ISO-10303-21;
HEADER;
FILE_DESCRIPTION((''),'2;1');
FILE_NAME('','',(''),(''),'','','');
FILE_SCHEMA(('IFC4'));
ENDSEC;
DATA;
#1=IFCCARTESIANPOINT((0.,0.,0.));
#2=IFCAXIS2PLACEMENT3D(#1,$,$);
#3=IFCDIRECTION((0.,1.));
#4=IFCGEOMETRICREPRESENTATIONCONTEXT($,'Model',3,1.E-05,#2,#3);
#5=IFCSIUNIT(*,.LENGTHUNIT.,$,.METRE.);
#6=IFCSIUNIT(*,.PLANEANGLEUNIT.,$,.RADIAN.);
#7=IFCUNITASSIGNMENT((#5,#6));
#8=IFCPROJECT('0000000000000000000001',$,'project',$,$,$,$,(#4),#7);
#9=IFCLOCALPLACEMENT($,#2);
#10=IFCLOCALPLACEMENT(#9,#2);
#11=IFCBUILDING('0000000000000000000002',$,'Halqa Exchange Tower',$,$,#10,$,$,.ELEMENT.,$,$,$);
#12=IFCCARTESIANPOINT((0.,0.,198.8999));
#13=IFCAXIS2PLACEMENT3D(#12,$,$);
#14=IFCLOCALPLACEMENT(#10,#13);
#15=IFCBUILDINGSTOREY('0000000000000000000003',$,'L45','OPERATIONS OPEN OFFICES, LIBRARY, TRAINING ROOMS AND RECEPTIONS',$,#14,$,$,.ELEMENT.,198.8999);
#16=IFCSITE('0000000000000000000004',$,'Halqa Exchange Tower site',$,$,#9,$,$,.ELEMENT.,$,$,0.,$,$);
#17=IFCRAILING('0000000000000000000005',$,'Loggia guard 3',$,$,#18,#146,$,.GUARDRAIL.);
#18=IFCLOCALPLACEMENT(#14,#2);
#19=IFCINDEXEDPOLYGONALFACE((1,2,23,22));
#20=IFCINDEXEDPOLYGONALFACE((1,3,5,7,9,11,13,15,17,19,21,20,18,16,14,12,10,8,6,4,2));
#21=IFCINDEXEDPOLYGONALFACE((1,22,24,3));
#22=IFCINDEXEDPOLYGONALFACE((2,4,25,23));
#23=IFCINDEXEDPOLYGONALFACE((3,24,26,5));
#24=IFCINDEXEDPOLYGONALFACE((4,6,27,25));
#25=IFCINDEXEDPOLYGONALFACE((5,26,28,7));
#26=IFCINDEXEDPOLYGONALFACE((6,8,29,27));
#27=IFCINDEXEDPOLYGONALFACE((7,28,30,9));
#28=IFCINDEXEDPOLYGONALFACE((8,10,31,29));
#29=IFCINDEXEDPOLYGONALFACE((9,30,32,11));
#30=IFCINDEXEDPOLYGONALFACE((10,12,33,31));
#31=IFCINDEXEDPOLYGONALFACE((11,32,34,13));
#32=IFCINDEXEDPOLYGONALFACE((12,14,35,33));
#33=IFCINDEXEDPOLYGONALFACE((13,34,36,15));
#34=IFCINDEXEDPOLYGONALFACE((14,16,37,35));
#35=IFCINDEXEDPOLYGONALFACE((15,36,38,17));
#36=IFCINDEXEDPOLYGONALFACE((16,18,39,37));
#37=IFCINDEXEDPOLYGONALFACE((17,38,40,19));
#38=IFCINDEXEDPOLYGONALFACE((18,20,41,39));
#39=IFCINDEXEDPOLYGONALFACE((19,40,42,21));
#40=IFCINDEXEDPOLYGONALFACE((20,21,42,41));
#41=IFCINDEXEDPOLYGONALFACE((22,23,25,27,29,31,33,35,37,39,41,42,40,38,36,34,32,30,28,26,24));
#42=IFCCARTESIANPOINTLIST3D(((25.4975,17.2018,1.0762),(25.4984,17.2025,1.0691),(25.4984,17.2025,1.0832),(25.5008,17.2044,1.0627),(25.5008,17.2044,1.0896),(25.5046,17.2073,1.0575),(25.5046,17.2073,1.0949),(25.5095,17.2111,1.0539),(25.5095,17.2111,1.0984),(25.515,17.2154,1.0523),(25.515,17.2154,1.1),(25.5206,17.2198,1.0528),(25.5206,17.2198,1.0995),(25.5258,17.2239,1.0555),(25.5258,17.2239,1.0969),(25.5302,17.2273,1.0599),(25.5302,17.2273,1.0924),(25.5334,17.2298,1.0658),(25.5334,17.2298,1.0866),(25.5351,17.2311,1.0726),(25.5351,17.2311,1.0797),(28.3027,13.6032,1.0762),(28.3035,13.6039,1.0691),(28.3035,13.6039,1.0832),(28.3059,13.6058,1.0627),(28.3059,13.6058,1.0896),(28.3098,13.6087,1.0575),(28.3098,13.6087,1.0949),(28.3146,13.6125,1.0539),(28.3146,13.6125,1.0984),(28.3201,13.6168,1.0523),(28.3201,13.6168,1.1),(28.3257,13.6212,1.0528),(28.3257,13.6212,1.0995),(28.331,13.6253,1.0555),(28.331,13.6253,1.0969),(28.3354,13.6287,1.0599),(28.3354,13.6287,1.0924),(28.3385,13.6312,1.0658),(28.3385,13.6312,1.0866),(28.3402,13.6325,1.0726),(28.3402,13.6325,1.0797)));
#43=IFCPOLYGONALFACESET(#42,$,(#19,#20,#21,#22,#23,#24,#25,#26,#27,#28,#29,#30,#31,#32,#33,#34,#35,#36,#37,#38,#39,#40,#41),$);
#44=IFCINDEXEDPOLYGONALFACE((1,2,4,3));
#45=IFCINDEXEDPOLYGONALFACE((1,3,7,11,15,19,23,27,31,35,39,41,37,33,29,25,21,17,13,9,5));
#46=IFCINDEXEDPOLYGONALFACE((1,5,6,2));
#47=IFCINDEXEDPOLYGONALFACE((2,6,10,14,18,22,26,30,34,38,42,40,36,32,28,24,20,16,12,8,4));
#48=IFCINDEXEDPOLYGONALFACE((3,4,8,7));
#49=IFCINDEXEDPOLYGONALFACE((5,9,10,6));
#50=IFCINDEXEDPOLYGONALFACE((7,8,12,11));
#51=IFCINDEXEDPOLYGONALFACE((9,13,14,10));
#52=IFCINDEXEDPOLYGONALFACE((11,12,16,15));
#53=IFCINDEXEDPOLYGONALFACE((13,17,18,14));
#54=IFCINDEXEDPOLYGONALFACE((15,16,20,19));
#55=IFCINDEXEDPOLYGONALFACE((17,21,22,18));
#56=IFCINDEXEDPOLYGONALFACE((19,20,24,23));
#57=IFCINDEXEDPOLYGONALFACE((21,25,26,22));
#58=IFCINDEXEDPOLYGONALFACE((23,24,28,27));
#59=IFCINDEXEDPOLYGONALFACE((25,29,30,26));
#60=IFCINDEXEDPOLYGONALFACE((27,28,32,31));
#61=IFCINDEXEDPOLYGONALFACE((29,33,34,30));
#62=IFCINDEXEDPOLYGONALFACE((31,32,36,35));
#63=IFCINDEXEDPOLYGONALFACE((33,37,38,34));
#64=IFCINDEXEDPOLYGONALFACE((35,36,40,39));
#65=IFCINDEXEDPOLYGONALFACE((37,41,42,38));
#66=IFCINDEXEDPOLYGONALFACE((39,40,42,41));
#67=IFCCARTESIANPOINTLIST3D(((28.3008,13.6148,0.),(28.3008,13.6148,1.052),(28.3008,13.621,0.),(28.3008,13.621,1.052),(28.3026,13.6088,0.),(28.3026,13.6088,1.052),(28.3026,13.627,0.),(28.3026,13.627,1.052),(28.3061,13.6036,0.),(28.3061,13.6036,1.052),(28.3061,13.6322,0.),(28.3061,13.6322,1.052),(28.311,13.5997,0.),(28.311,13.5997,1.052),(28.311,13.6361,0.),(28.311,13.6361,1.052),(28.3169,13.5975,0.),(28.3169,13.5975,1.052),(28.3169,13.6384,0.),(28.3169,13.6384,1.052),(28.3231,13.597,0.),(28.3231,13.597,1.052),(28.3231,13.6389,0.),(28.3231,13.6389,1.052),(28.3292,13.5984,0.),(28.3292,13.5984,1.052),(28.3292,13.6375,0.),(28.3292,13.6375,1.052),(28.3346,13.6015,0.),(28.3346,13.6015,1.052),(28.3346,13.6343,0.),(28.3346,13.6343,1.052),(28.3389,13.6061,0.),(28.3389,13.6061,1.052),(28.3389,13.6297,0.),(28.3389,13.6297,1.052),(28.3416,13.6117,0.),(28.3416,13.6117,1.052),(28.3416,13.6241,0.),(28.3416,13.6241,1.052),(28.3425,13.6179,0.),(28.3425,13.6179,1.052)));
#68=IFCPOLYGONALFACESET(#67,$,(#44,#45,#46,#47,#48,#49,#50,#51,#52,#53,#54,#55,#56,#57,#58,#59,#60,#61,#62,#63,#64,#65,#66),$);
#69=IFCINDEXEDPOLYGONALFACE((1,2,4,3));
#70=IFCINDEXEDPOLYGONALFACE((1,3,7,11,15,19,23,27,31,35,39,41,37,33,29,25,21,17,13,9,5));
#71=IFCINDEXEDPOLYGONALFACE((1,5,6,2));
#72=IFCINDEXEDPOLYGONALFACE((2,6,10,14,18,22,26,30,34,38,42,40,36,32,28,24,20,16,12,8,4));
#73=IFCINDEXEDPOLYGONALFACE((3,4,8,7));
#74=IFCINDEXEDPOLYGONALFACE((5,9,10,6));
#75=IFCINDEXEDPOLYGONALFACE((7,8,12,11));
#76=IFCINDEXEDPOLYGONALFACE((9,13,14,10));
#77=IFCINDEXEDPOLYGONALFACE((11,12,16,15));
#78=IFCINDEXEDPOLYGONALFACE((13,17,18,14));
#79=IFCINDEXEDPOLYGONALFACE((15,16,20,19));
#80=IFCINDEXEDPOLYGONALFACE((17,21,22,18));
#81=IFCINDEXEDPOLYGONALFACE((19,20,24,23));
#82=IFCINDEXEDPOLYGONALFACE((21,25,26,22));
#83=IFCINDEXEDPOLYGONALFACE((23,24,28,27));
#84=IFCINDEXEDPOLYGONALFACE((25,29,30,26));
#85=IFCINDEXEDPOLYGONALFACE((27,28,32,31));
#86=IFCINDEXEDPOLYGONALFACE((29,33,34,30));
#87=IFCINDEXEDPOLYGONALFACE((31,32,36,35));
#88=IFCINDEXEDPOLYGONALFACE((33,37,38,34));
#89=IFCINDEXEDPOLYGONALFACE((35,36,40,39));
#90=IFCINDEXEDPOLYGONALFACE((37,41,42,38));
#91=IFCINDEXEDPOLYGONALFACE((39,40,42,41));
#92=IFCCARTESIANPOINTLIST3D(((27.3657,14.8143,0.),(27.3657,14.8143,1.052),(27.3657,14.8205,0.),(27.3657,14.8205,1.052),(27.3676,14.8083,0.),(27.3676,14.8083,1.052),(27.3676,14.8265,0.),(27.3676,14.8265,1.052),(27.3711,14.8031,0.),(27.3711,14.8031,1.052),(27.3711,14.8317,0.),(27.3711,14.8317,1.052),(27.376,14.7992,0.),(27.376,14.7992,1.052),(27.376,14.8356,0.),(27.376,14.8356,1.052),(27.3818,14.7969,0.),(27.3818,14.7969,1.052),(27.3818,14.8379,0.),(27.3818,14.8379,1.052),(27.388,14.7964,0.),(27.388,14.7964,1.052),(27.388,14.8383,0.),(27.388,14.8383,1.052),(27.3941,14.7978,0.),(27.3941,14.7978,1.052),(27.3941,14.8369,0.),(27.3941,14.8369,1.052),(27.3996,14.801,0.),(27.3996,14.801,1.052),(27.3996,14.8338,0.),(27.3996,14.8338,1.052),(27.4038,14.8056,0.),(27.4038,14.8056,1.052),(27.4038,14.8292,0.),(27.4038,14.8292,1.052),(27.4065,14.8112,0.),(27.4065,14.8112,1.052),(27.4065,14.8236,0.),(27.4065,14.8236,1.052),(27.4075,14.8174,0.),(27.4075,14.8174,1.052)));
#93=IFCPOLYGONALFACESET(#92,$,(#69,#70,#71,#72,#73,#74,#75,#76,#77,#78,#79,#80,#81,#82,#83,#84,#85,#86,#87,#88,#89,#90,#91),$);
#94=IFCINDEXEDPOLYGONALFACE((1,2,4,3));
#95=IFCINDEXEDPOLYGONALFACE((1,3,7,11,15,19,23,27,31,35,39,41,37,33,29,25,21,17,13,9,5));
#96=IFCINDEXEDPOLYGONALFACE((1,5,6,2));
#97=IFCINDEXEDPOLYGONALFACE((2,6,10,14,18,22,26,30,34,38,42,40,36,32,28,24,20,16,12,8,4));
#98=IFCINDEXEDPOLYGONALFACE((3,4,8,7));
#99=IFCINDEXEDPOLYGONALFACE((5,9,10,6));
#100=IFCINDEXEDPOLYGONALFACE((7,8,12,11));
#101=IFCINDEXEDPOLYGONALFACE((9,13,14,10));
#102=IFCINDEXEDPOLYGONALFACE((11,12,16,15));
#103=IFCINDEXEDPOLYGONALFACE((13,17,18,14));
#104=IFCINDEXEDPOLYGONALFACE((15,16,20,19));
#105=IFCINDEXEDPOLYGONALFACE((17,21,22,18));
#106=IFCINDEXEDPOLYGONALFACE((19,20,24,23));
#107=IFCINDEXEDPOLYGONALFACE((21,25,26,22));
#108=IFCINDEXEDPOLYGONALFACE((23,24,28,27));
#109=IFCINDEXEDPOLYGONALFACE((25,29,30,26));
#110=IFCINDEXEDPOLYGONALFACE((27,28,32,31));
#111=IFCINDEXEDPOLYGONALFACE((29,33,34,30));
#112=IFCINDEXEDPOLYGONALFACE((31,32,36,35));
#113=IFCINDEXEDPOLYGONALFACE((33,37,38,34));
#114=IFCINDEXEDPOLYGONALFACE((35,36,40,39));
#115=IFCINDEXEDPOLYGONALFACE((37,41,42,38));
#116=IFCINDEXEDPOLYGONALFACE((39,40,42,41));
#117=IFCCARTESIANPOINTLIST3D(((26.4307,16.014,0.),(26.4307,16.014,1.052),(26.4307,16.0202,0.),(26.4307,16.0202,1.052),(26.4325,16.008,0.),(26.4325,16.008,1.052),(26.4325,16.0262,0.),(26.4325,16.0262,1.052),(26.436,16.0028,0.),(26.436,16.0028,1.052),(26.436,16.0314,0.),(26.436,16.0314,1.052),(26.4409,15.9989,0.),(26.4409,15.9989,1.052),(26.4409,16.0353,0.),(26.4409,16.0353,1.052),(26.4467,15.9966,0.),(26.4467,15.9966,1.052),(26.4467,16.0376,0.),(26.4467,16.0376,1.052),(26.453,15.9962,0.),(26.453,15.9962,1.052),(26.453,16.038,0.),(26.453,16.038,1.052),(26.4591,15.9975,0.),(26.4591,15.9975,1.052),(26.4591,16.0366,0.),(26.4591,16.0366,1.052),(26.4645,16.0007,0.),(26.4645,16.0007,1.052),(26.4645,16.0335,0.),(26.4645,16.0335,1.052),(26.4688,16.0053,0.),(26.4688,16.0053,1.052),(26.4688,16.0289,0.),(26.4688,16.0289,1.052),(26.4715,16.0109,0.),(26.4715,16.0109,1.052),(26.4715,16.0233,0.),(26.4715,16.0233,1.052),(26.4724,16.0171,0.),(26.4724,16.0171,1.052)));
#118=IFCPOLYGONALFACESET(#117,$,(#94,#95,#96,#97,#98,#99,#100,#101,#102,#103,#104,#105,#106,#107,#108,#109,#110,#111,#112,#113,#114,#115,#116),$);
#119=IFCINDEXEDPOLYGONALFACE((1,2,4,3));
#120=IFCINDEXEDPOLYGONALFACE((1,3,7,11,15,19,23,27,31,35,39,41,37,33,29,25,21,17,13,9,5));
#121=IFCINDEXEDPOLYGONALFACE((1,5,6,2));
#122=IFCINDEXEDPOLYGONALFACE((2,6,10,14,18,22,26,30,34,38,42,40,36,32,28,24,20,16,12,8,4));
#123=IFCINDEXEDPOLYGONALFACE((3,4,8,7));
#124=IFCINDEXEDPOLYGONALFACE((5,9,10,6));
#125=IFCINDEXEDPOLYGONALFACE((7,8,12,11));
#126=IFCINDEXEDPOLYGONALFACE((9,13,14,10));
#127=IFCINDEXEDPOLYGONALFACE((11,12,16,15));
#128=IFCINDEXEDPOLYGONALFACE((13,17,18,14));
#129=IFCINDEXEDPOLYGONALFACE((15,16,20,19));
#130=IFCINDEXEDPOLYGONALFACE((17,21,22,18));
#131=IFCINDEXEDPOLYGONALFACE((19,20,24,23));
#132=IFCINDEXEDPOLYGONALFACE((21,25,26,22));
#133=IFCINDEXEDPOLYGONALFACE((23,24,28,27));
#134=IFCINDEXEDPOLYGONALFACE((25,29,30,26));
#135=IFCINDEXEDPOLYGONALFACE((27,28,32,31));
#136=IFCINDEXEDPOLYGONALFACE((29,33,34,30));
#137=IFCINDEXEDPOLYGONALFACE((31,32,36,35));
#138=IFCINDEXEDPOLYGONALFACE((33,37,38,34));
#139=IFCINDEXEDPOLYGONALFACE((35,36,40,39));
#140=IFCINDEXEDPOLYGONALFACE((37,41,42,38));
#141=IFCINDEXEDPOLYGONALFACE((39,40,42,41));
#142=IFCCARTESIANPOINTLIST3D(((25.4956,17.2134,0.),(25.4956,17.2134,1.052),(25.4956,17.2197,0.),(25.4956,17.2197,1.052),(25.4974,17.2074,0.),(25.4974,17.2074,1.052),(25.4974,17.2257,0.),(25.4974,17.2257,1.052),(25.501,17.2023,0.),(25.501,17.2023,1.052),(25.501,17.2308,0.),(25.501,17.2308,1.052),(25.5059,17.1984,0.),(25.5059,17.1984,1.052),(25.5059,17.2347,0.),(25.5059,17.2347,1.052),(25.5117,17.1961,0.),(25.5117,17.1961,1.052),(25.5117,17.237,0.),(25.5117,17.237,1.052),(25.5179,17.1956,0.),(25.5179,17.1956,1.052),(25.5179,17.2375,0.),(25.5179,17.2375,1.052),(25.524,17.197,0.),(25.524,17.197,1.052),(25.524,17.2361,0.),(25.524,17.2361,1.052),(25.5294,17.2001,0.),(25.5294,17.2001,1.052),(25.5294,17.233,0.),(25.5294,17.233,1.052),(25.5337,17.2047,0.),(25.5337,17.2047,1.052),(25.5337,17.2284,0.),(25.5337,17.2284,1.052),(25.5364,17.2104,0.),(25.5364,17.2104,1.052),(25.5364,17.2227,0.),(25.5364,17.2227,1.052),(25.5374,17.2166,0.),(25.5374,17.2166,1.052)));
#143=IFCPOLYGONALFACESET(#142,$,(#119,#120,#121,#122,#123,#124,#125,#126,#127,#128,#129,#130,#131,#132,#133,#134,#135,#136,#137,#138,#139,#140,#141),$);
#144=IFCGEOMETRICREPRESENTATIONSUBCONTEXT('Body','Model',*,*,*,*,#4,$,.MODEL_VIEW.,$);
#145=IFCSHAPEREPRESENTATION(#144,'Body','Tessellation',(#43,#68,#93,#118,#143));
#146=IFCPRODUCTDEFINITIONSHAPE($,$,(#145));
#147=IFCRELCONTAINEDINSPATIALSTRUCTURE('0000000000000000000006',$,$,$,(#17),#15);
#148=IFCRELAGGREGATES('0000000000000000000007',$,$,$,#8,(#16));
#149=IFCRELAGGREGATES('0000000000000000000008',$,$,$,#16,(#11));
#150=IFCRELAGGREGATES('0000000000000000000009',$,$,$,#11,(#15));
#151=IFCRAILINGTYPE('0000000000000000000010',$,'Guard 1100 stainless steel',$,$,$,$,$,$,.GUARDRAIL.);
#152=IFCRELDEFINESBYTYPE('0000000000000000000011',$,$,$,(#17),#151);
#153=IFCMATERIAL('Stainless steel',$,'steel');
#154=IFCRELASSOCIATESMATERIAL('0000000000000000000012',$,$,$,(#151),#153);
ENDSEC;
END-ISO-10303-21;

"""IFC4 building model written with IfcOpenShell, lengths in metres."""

from ifc_helpers import new_model, si_unit, direction, frame, origin, origin_2d, place, context, subcontext, project, spatial, circle, extrude, material, type_object, element, save


model = new_model("IFC4")

# Units and contexts
model_context = context("Model", 3, precision=1e-05, world=origin(), true_north=direction((0.0, 1.0)))
body_context = subcontext(model_context, "Body", "Model", "MODEL_VIEW")
ifc_project = project(units=[si_unit("LENGTHUNIT", "METRE"), si_unit("PLANEANGLEUNIT", "RADIAN")], contexts=[model_context])

# Site, building, storey
site_placement = place(None, origin())
site = spatial("IfcSite", under=ifc_project, at=site_placement, Name="Halqa Exchange Tower site", CompositionType="ELEMENT", RefElevation=0.0)
building_placement = place(site_placement, origin())
building = spatial("IfcBuilding", under=site, at=building_placement, Name="Halqa Exchange Tower", CompositionType="ELEMENT")
storey_placement = place(building_placement, frame((0.0, 0.0, 198.8999)))
storey = spatial("IfcBuildingStorey", under=building, at=storey_placement, Name="L45", Description="OPERATIONS OPEN OFFICES, LIBRARY, TRAINING ROOMS AND RECEPTIONS", CompositionType="ELEMENT", Elevation=198.8999)

# Railing
ifc_material_1 = material(Name="Stainless steel", Category="steel")
railing_type = type_object("IfcRailingType", Name="Guard 1100 stainless steel", PredefinedType="GUARDRAIL", material=ifc_material_1)
railing_1_placement = place(storey_placement, frame((28.3215, 13.6179, 0.0)))
element("IfcRailing", 1, at=railing_1_placement, inside=storey, type_object=railing_type, Name="Loggia guard 3", PredefinedType="GUARDRAIL", context=body_context, shape_type="SweptSolid", body=[
    extrude(circle(Radius=0.0239, at=origin_2d()), frame((0.0, 0.0, 1.0762), z_axis=(-0.614792, 0.788689, 0.0), x_axis=(-0.788689, -0.614792, 0.0)), (0.0, 0.0, 1.0), 4.5627),
    extrude(circle(Radius=0.021, at=origin_2d()), origin(), (0.0, 0.0, 1.0), 1.052),
    extrude(circle(Radius=0.021, at=origin_2d()), frame((-0.9351, 1.1995, 0.0)), (0.0, 0.0, 1.0), 1.052),
    extrude(circle(Radius=0.021, at=origin_2d()), frame((-1.8701, 2.3992, 0.0)), (0.0, 0.0, 1.0), 1.052),
    extrude(circle(Radius=0.021, at=origin_2d()), frame((-2.8052, 3.5986, 0.0)), (0.0, 0.0, 1.0), 1.052),
])

save(model, "model.ifc")
